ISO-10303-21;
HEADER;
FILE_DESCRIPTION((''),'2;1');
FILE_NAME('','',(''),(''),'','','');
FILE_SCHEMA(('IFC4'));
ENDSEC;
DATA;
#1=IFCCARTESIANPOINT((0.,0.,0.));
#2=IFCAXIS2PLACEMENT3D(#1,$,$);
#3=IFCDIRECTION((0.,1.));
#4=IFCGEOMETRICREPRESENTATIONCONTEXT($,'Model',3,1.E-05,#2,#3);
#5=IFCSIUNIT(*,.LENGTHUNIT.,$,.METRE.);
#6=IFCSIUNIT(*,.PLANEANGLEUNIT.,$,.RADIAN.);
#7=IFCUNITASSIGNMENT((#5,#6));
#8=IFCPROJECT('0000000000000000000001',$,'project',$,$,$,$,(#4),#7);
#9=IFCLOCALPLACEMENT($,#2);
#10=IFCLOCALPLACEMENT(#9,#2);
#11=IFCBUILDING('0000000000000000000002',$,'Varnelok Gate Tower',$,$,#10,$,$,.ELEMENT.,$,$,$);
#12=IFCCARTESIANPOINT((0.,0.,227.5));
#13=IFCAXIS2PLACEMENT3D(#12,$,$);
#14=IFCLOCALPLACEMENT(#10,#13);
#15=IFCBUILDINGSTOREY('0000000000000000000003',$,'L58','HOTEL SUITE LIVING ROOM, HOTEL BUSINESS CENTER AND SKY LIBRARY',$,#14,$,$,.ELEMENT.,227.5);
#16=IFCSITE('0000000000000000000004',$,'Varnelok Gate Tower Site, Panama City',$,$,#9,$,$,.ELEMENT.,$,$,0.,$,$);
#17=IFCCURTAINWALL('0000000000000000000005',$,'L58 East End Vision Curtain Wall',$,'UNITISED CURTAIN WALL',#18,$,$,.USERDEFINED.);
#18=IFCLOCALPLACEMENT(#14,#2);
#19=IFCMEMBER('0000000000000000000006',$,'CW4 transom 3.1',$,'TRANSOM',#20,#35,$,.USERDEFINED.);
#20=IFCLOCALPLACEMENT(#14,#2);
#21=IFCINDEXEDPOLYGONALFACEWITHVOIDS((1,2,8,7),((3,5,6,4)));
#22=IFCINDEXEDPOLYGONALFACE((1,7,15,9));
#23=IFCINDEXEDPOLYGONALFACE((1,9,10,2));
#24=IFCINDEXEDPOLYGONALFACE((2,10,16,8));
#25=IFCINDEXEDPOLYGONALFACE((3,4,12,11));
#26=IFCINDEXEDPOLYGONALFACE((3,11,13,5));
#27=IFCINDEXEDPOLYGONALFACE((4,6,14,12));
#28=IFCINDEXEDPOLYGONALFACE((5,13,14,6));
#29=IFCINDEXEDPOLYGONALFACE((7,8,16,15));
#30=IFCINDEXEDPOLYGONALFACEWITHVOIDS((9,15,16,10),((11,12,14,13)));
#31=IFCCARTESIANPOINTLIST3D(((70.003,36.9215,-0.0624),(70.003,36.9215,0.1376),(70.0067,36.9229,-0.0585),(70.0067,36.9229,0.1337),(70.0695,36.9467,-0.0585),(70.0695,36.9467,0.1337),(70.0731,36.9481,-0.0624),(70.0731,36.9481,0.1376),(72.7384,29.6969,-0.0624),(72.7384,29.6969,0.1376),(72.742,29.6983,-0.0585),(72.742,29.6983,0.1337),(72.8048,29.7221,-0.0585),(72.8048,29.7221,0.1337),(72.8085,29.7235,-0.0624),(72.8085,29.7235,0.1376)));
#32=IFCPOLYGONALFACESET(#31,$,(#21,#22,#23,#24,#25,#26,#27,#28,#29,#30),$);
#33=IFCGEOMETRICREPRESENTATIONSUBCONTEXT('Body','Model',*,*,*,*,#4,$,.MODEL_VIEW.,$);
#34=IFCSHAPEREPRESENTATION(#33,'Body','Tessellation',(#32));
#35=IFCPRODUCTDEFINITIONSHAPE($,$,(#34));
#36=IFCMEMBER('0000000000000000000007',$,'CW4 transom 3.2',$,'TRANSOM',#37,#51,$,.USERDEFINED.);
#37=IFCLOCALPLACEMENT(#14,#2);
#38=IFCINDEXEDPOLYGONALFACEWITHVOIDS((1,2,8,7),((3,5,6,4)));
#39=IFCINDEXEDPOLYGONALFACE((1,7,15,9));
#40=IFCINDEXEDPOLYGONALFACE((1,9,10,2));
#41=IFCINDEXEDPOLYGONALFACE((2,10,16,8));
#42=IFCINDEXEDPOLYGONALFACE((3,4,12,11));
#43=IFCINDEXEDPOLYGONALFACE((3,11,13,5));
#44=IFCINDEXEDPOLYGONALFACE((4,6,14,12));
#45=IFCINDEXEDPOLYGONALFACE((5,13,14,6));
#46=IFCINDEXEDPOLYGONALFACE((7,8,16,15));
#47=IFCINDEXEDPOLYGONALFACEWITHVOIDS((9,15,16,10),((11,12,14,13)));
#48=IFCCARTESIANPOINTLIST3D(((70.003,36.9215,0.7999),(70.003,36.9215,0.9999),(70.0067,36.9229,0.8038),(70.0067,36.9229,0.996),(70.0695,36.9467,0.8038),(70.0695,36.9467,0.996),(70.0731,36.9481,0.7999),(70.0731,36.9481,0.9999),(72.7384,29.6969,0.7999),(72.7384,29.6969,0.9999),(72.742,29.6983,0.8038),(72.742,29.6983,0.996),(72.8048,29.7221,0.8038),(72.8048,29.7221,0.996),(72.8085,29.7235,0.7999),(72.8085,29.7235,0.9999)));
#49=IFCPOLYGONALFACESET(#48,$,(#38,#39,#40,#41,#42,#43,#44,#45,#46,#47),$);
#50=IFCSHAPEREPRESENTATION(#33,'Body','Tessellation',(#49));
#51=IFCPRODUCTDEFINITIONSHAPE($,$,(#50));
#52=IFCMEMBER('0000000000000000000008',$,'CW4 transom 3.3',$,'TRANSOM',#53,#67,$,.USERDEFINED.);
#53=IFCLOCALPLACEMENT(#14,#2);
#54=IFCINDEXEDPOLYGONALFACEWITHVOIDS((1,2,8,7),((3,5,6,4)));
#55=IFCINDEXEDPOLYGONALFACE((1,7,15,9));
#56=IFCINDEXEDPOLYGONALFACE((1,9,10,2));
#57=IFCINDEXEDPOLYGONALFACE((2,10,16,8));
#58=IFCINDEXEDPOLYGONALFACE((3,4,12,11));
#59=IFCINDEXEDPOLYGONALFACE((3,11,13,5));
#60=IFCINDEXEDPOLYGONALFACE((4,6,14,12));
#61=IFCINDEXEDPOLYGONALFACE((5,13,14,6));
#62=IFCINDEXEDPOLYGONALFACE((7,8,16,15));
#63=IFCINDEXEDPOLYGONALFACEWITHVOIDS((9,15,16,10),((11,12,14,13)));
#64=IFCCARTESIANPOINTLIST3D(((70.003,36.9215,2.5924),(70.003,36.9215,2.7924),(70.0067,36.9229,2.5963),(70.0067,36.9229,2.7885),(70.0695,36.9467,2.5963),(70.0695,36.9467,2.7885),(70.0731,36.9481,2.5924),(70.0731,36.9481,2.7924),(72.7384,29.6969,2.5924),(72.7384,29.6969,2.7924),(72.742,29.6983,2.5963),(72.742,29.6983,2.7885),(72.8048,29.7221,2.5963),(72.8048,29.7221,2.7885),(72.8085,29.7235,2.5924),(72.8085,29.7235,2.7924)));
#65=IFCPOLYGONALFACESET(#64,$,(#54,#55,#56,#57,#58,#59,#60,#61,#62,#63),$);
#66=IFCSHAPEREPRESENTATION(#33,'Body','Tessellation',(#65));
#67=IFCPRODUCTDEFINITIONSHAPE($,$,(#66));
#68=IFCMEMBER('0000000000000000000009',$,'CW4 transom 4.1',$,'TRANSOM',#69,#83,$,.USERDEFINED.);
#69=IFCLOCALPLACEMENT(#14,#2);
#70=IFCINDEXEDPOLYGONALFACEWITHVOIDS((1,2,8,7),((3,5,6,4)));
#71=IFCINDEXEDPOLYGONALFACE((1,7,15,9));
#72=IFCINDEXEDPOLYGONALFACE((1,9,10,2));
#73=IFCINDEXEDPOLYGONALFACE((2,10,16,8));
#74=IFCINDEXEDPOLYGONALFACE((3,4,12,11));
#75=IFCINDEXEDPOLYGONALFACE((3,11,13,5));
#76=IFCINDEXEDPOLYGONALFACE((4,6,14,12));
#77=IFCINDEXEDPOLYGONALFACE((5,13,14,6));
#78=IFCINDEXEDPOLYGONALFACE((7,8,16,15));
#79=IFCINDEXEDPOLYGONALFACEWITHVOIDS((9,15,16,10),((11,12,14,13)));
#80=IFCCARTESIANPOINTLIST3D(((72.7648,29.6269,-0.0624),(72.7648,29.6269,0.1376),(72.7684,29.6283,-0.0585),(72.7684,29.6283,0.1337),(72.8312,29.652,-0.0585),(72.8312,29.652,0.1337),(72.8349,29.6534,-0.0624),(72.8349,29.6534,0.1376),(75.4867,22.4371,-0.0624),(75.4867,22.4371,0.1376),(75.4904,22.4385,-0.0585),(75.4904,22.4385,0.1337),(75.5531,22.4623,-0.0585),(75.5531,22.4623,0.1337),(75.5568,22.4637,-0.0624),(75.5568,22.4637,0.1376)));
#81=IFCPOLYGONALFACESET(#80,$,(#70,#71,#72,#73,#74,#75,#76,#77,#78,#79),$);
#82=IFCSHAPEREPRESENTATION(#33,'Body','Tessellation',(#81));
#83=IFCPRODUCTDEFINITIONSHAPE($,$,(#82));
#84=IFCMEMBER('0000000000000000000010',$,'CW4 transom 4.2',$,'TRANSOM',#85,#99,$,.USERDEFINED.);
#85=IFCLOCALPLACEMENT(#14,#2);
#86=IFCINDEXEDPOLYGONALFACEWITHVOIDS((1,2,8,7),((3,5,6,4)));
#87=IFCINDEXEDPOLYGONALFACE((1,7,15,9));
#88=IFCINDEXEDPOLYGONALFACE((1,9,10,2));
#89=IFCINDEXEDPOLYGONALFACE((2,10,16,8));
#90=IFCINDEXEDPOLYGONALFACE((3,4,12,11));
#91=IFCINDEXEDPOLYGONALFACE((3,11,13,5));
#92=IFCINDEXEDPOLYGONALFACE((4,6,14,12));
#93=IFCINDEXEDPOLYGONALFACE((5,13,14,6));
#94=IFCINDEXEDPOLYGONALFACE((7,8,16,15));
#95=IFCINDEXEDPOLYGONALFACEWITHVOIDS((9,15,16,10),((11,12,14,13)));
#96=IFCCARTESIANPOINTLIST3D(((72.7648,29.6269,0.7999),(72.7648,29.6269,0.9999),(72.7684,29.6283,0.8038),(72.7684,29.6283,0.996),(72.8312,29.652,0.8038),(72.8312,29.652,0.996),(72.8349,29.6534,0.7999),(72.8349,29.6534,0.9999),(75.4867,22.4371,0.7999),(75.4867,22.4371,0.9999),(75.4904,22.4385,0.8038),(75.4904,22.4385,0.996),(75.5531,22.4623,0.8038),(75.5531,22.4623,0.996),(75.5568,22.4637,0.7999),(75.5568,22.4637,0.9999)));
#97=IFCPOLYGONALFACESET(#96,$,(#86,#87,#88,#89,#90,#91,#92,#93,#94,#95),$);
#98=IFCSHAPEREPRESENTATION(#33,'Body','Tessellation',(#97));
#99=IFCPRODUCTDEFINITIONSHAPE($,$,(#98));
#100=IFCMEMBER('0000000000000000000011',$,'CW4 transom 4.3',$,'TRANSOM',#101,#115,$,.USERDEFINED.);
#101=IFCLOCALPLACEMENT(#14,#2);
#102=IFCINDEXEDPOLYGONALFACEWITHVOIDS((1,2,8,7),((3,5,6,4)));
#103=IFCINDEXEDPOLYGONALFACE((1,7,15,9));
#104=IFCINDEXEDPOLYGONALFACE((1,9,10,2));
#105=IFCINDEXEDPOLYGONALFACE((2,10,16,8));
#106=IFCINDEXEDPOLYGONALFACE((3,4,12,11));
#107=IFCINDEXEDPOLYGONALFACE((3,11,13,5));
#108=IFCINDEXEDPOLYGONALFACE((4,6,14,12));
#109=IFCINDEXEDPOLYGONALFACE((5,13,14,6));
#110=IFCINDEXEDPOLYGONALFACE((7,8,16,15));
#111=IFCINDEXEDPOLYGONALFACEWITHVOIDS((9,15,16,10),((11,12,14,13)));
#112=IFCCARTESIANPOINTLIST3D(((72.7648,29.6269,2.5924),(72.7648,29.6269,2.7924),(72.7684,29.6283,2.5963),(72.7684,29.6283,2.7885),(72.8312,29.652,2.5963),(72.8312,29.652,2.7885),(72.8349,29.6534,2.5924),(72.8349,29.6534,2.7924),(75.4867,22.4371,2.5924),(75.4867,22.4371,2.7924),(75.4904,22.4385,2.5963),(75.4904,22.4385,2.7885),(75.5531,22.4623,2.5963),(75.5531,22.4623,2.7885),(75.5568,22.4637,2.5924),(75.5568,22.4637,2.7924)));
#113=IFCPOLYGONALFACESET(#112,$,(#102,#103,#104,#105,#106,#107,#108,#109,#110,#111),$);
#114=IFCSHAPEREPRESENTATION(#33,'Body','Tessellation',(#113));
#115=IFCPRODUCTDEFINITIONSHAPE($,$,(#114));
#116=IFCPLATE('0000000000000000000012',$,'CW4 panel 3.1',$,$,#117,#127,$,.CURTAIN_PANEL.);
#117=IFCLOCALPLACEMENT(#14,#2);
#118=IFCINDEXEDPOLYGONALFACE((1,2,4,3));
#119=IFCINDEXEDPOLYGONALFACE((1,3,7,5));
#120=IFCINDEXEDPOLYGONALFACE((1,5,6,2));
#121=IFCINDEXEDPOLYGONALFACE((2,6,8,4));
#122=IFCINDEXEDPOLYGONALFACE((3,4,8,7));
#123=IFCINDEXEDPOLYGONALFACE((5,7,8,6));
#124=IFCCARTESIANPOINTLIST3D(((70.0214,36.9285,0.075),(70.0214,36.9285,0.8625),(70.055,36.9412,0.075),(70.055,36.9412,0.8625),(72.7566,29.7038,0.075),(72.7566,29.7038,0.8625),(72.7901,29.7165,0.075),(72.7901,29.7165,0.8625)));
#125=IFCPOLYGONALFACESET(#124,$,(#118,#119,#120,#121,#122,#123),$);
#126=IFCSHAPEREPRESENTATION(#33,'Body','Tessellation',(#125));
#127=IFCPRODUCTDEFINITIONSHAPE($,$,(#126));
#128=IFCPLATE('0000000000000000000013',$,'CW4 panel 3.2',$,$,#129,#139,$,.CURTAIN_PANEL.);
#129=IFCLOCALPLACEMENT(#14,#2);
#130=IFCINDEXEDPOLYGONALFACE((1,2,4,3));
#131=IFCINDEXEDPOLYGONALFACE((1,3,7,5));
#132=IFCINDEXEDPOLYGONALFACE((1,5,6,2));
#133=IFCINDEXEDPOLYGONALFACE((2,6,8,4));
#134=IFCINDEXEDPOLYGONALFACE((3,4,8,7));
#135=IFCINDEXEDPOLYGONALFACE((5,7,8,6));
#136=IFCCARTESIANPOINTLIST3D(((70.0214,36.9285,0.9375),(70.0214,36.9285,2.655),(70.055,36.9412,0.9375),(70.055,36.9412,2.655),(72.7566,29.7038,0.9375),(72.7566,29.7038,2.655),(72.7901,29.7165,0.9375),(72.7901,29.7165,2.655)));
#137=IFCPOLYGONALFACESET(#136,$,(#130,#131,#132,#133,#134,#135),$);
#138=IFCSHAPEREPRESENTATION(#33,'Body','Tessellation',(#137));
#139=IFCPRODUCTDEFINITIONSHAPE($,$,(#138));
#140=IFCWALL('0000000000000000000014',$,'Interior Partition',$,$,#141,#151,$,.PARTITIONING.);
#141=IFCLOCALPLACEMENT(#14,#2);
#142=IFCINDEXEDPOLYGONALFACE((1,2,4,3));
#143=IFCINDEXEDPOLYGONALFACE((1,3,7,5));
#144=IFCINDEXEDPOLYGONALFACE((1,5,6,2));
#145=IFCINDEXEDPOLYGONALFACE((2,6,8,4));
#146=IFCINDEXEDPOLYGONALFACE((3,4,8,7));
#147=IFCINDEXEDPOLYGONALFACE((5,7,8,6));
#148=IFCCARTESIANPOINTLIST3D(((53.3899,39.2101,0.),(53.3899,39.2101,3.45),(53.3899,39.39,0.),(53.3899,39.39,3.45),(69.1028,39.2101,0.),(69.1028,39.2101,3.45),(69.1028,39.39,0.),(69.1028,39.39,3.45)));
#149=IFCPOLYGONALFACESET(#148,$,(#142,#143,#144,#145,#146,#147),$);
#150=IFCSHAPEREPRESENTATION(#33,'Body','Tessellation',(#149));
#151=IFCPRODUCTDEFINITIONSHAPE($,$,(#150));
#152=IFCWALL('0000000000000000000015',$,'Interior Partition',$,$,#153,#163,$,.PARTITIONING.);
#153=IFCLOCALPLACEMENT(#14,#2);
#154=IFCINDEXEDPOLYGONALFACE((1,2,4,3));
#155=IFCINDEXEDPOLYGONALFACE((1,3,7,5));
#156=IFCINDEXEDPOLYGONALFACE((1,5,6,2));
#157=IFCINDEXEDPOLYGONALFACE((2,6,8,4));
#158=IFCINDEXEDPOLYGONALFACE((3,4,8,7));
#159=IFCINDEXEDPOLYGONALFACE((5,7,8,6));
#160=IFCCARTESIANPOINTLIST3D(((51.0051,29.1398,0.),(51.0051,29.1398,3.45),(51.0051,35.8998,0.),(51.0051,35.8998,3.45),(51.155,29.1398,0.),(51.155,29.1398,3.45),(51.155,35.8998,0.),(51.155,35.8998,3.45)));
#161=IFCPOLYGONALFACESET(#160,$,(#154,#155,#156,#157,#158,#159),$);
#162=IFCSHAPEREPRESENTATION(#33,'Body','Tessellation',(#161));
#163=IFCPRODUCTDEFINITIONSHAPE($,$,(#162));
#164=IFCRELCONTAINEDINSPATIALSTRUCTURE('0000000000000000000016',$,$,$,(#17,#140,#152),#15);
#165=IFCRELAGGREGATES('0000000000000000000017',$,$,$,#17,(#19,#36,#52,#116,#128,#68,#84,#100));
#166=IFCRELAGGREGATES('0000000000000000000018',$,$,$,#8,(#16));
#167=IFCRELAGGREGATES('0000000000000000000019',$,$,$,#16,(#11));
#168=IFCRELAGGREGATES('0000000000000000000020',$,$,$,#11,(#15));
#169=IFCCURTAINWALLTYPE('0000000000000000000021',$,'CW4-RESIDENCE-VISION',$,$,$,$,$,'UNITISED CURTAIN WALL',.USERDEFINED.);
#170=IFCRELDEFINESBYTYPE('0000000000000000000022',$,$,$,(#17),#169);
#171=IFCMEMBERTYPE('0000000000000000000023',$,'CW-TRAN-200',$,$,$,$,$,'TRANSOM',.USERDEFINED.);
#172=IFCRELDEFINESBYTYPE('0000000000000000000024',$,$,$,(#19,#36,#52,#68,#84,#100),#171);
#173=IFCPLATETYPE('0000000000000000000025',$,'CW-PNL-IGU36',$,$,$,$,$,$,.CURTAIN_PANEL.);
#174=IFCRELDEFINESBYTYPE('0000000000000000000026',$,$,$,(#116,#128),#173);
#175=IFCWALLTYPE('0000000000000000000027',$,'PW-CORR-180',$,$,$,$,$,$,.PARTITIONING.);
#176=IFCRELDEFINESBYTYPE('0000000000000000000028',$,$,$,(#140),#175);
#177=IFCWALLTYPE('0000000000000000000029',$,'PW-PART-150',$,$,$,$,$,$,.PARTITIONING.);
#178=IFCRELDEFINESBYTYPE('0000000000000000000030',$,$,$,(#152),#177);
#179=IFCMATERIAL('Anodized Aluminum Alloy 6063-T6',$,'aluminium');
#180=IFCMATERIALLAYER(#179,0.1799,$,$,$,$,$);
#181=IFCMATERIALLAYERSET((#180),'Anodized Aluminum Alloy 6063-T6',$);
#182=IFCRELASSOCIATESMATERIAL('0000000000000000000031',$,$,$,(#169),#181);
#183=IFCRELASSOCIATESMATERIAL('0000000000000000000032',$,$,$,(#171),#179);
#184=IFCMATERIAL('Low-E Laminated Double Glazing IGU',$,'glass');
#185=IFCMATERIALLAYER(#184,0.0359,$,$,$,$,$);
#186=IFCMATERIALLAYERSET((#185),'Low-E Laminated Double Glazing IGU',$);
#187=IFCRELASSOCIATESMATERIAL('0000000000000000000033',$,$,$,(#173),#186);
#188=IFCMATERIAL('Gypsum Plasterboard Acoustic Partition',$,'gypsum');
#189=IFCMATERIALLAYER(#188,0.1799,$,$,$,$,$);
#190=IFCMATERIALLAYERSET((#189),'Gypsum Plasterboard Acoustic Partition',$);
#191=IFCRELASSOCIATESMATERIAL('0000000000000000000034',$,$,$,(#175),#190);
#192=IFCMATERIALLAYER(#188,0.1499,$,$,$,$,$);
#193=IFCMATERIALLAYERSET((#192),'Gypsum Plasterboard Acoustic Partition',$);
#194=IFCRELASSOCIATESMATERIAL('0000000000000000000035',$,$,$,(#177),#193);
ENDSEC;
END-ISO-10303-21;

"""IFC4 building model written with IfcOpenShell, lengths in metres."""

from ifc_helpers import new_model, si_unit, direction, frame, frame_2d, origin, origin_2d, place, context, subcontext, project, spatial, rectangle, hollow_rectangle, extrude, source, transform, mapped, material, layer, layer_set, material_profile, profile_set, type_object, element, aggregate, save


model = new_model("IFC4")

# Units and contexts
model_context = context("Model", 3, precision=1e-05, world=origin(), true_north=direction((0.0, 1.0)))
body_context = subcontext(model_context, "Body", "Model", "MODEL_VIEW")
ifc_project = project(units=[si_unit("LENGTHUNIT", "METRE"), si_unit("PLANEANGLEUNIT", "RADIAN")], contexts=[model_context])

# Site, building, storey
site_placement = place(None, origin())
site = spatial("IfcSite", under=ifc_project, at=site_placement, Name="Varnelok Gate Tower Site, Panama City", CompositionType="ELEMENT", RefElevation=0.0)
building_placement = place(site_placement, origin())
building = spatial("IfcBuilding", under=site, at=building_placement, Name="Varnelok Gate Tower", CompositionType="ELEMENT")
storey_placement = place(building_placement, frame((0.0, 0.0, 227.5)))
storey = spatial("IfcBuildingStorey", under=building, at=storey_placement, Name="L58", Description="HOTEL SUITE LIVING ROOM, HOTEL BUSINESS CENTER AND SKY LIBRARY", CompositionType="ELEMENT", Elevation=227.5)

# Curtain wall, members, plates
ifc_material_1 = material(Name="Anodized Aluminum Alloy 6063-T6", Category="aluminium")
ifc_layer_1 = layer(ifc_material_1, 0.1799)
ifc_layer_set_1 = layer_set([ifc_layer_1], Name="Anodized Aluminum Alloy 6063-T6")
curtain_wall_type = type_object("IfcCurtainWallType", Name="CW4-RESIDENCE-VISION", ElementType="UNITISED CURTAIN WALL", PredefinedType="USERDEFINED", material=ifc_layer_set_1)
curtain_wall_placement = place(storey_placement, origin())
curtain_wall = element("IfcCurtainWall", 1, at=curtain_wall_placement, inside=storey, type_object=curtain_wall_type, Name="L58 East End Vision Curtain Wall", ObjectType="UNITISED CURTAIN WALL", PredefinedType="USERDEFINED")
ifc_material_profile_1 = material_profile(ifc_material_1, hollow_rectangle(XDim=0.075, YDim=0.2, WallThickness=0.0039, at=origin_2d()), Name="ALU200X75X4")
ifc_profile_set_1 = profile_set([ifc_material_profile_1], Name="Anodized Aluminum Alloy 6063-T6")
member_type_1 = type_object("IfcMemberType", Name="CW-TRAN-200", ElementType="TRANSOM", PredefinedType="USERDEFINED", material=ifc_profile_set_1)
member_1_placement = place(storey_placement, frame((70.0381, 36.9348, 0.0376), z_axis=(0.354086, -0.935213, 0.0), x_axis=(0.935213, 0.354086, 0.0)))
member_1 = element("IfcMember", 2, at=member_1_placement, type_object=member_type_1, Name="CW4 transom 3.1", ObjectType="TRANSOM", PredefinedType="USERDEFINED", context=body_context, shape_type="SweptSolid", body=[
    extrude(hollow_rectangle(XDim=0.075, YDim=0.2, WallThickness=0.0039, at=origin_2d()), origin(), (0.0, 0.0, 1.0), 7.7251),
])
member_2_placement = place(storey_placement, frame((70.0381, 36.9348, 0.8999), z_axis=(0.354086, -0.935213, 0.0), x_axis=(0.935213, 0.354086, 0.0)))
member_2 = element("IfcMember", 3, at=member_2_placement, type_object=member_type_1, Name="CW4 transom 3.2", ObjectType="TRANSOM", PredefinedType="USERDEFINED", context=body_context, shape_type="SweptSolid", body=[
    extrude(hollow_rectangle(XDim=0.075, YDim=0.2, WallThickness=0.0039, at=origin_2d()), origin(), (0.0, 0.0, 1.0), 7.7251),
])
member_3_placement = place(storey_placement, frame((70.0381, 36.9348, 2.6924), z_axis=(0.354086, -0.935213, 0.0), x_axis=(0.935213, 0.354086, 0.0)))
member_3 = element("IfcMember", 4, at=member_3_placement, type_object=member_type_1, Name="CW4 transom 3.3", ObjectType="TRANSOM", PredefinedType="USERDEFINED", context=body_context, shape_type="SweptSolid", body=[
    extrude(hollow_rectangle(XDim=0.075, YDim=0.2, WallThickness=0.0039, at=origin_2d()), origin(), (0.0, 0.0, 1.0), 7.7251),
])
member_4_placement = place(storey_placement, frame((72.7998, 29.6401, 0.0376), z_axis=(0.354063, -0.935222, 0.0), x_axis=(0.935222, 0.354063, 0.0)))
member_4 = element("IfcMember", 5, at=member_4_placement, type_object=member_type_1, Name="CW4 transom 4.1", ObjectType="TRANSOM", PredefinedType="USERDEFINED", context=body_context, shape_type="SweptSolid", body=[
    extrude(hollow_rectangle(XDim=0.075, YDim=0.2, WallThickness=0.0039, at=origin_2d()), origin(), (0.0, 0.0, 1.0), 7.6877),
])
member_5_placement = place(storey_placement, frame((72.7998, 29.6401, 0.8999), z_axis=(0.354063, -0.935222, 0.0), x_axis=(0.935222, 0.354063, 0.0)))
member_5 = element("IfcMember", 6, at=member_5_placement, type_object=member_type_1, Name="CW4 transom 4.2", ObjectType="TRANSOM", PredefinedType="USERDEFINED", context=body_context, shape_type="SweptSolid", body=[
    extrude(hollow_rectangle(XDim=0.075, YDim=0.2, WallThickness=0.0039, at=origin_2d()), origin(), (0.0, 0.0, 1.0), 7.6877),
])
member_6_placement = place(storey_placement, frame((72.7998, 29.6401, 2.6924), z_axis=(0.354063, -0.935222, 0.0), x_axis=(0.935222, 0.354063, 0.0)))
member_6 = element("IfcMember", 7, at=member_6_placement, type_object=member_type_1, Name="CW4 transom 4.3", ObjectType="TRANSOM", PredefinedType="USERDEFINED", context=body_context, shape_type="SweptSolid", body=[
    extrude(hollow_rectangle(XDim=0.075, YDim=0.2, WallThickness=0.0039, at=origin_2d()), origin(), (0.0, 0.0, 1.0), 7.6877),
])
ifc_material_2 = material(Name="Low-E Laminated Double Glazing IGU", Category="glass")
ifc_layer_2 = layer(ifc_material_2, 0.0359)
ifc_layer_set_2 = layer_set([ifc_layer_2], Name="Low-E Laminated Double Glazing IGU")
plate_type = type_object("IfcPlateType", Name="CW-PNL-IGU36", PredefinedType="CURTAIN_PANEL", material=ifc_layer_set_2)
shared_shape_1 = source(origin(), body_context, "Body", "SweptSolid", [
    extrude(rectangle(XDim=7.7251, YDim=0.0359, at=origin_2d()), origin(), (0.0, 0.0, 1.0), 0.7876),
])
plate_1_placement = place(storey_placement, frame((71.4058, 33.3225, 0.075), z_axis=(0.0, 0.0, 1.0), x_axis=(0.354063, -0.935222, 0.0)))
plate_1 = element("IfcPlate", 8, at=plate_1_placement, type_object=plate_type, Name="CW4 panel 3.1", PredefinedType="CURTAIN_PANEL", context=body_context, shape_type="MappedRepresentation", body=[
    mapped(shared_shape_1, transform((0.0, 0.0, 0.0), scale=1.0)),
])
shared_shape_2 = source(origin(), body_context, "Body", "SweptSolid", [
    extrude(rectangle(XDim=7.7251, YDim=0.0359, at=origin_2d()), origin(), (0.0, 0.0, 1.0), 1.7175),
])
plate_2_placement = place(storey_placement, frame((71.4058, 33.3225, 0.9375), z_axis=(0.0, 0.0, 1.0), x_axis=(0.354063, -0.935222, 0.0)))
plate_2 = element("IfcPlate", 9, at=plate_2_placement, type_object=plate_type, Name="CW4 panel 3.2", PredefinedType="CURTAIN_PANEL", context=body_context, shape_type="MappedRepresentation", body=[
    mapped(shared_shape_2, transform((0.0, 0.0, 0.0), scale=1.0)),
])
aggregate(curtain_wall, [member_1, member_2, member_3, plate_1, plate_2, member_4, member_5, member_6])

# Walls
ifc_material_3 = material(Name="Gypsum Plasterboard Acoustic Partition", Category="gypsum")
ifc_layer_3 = layer(ifc_material_3, 0.1799)
ifc_layer_set_3 = layer_set([ifc_layer_3], Name="Gypsum Plasterboard Acoustic Partition")
wall_type_1 = type_object("IfcWallType", Name="PW-CORR-180", PredefinedType="PARTITIONING", material=ifc_layer_set_3)
wall_1_placement = place(storey_placement, frame((53.3899, 39.3, 0.0), z_axis=(0.0, 0.0, 1.0), x_axis=(1.0, 0.0, 0.0)))
element("IfcWall", 10, at=wall_1_placement, inside=storey, type_object=wall_type_1, Name="Interior Partition", PredefinedType="PARTITIONING", context=body_context, shape_type="SweptSolid", body=[
    extrude(rectangle(XDim=15.7129, YDim=0.1799, at=frame_2d((7.8564, 0.0))), origin(), (0.0, 0.0, 1.0), 3.45),
])
ifc_layer_4 = layer(ifc_material_3, 0.1499)
ifc_layer_set_4 = layer_set([ifc_layer_4], Name="Gypsum Plasterboard Acoustic Partition")
wall_type_2 = type_object("IfcWallType", Name="PW-PART-150", PredefinedType="PARTITIONING", material=ifc_layer_set_4)
wall_2_placement = place(storey_placement, frame((51.0801, 29.1399, 0.0), z_axis=(0.0, 0.0, 1.0), x_axis=(0.0, 1.0, 0.0)))
element("IfcWall", 11, at=wall_2_placement, inside=storey, type_object=wall_type_2, Name="Interior Partition", PredefinedType="PARTITIONING", context=body_context, shape_type="SweptSolid", body=[
    extrude(rectangle(XDim=6.76, YDim=0.1499, at=frame_2d((3.3799, 0.0))), origin(), (0.0, 0.0, 1.0), 3.45),
])

save(model, "model.ifc")
